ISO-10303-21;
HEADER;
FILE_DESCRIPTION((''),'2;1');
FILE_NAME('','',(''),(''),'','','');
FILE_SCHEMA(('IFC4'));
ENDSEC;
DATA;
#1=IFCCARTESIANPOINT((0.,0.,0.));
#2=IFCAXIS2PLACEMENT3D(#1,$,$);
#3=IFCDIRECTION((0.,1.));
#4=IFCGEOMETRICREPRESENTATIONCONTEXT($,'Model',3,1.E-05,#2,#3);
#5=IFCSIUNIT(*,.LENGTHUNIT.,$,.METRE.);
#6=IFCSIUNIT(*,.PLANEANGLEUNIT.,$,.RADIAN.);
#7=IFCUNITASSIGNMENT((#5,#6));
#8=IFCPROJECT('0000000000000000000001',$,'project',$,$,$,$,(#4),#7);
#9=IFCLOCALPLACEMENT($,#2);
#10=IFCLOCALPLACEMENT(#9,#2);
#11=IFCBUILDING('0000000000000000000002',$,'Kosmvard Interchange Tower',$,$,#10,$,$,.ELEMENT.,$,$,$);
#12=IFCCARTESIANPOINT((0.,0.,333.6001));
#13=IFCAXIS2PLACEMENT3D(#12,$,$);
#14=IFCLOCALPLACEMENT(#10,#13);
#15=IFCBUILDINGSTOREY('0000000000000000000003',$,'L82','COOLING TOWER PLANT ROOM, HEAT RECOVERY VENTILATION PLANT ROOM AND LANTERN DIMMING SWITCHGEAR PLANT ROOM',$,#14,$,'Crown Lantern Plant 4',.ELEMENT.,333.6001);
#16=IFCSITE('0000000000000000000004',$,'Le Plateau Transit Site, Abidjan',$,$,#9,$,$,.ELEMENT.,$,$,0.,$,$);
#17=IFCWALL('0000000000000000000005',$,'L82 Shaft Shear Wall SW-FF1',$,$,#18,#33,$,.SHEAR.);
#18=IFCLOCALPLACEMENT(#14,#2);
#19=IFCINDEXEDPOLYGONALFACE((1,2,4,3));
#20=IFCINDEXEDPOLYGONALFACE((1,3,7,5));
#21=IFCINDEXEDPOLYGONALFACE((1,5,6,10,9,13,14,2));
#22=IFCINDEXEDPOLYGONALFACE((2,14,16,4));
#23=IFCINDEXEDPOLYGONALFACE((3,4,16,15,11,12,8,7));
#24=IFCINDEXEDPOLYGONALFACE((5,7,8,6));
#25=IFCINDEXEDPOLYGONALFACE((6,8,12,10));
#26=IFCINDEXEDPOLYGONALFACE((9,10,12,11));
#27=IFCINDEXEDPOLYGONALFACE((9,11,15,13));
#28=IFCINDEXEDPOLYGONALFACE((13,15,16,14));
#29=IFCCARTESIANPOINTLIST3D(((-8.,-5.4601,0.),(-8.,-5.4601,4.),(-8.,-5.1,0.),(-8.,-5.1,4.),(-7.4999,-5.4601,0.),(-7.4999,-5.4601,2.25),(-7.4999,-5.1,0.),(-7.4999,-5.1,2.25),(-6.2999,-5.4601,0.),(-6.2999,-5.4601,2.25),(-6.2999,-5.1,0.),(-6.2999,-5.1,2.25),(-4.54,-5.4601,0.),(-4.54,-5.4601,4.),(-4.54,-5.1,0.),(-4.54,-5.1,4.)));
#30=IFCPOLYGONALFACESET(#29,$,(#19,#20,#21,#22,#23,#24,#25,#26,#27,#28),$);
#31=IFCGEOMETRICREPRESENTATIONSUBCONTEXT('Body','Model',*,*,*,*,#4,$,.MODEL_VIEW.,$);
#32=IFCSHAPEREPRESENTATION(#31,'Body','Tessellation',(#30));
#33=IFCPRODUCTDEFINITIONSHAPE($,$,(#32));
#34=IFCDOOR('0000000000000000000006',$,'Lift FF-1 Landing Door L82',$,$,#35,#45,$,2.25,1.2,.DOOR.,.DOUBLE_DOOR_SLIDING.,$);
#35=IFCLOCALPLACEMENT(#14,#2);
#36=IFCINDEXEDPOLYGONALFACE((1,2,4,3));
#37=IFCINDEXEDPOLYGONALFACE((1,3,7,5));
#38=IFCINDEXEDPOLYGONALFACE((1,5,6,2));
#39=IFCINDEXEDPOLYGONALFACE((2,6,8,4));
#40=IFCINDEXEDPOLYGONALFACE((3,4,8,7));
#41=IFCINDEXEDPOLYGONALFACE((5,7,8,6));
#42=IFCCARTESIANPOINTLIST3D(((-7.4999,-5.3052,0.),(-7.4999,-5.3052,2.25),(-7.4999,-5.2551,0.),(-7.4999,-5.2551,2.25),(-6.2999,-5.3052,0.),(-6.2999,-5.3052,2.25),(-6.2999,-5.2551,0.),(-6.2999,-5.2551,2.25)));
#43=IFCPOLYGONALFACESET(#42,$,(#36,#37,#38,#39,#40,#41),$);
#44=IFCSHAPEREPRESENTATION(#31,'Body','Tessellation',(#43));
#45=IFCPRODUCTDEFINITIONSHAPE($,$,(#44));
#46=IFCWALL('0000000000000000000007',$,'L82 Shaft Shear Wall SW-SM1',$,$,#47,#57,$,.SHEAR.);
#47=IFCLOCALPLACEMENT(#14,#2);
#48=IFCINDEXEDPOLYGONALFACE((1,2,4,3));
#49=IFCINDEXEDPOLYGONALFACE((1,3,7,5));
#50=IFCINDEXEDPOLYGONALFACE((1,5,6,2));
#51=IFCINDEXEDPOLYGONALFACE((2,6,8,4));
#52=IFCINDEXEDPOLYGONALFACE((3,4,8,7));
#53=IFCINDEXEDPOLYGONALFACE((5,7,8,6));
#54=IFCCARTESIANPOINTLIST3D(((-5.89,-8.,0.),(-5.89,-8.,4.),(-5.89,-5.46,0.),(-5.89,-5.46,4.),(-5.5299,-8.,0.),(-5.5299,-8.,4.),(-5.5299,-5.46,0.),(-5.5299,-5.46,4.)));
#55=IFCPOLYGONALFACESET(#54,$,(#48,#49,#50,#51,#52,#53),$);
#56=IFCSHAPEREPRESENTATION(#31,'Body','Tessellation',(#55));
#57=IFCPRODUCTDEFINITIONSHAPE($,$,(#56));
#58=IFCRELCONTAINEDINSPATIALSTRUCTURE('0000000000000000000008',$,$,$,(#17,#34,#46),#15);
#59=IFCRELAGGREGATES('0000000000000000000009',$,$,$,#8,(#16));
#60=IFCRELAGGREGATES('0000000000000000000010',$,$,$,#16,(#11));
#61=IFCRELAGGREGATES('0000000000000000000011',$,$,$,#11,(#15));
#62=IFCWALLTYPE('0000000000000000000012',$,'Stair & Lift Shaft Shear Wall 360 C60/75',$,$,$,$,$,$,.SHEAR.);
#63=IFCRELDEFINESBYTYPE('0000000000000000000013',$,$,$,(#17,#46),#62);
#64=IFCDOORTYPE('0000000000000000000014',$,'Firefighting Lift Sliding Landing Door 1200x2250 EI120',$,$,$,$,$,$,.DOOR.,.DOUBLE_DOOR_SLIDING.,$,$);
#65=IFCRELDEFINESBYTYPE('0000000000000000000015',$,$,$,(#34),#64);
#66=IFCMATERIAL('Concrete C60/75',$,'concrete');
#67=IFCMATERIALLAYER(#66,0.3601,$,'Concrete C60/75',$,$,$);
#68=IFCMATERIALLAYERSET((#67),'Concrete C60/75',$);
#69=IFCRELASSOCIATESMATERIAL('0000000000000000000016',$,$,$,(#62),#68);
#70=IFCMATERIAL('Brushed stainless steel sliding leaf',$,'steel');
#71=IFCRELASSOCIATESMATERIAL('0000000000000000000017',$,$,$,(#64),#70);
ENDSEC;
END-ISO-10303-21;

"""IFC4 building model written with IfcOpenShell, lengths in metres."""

from ifc_helpers import new_model, si_unit, direction, frame, frame_2d, origin, place, context, subcontext, project, spatial, rectangle, extrude, source, transform, mapped, material, layer, layer_set, type_object, element, fill, save


model = new_model("IFC4")

# Units and contexts
model_context = context("Model", 3, precision=1e-05, world=origin(), true_north=direction((0.0, 1.0)))
body_context = subcontext(model_context, "Body", "Model", "MODEL_VIEW")
ifc_project = project(units=[si_unit("LENGTHUNIT", "METRE"), si_unit("PLANEANGLEUNIT", "RADIAN")], contexts=[model_context])

# Site, building, storey
site_placement = place(None, origin())
site = spatial("IfcSite", under=ifc_project, at=site_placement, Name="Le Plateau Transit Site, Abidjan", CompositionType="ELEMENT", RefElevation=0.0)
building_placement = place(site_placement, origin())
building = spatial("IfcBuilding", under=site, at=building_placement, Name="Kosmvard Interchange Tower", CompositionType="ELEMENT")
storey_placement = place(building_placement, frame((0.0, 0.0, 333.6001)))
storey = spatial("IfcBuildingStorey", under=building, at=storey_placement, Name="L82", Description="COOLING TOWER PLANT ROOM, HEAT RECOVERY VENTILATION PLANT ROOM AND LANTERN DIMMING SWITCHGEAR PLANT ROOM", LongName="Crown Lantern Plant 4", CompositionType="ELEMENT", Elevation=333.6001)

# Shared definitions
ifc_material_1 = material(Name="Concrete C60/75", Category="concrete")
ifc_layer_1 = layer(ifc_material_1, 0.3601, Name="Concrete C60/75")
ifc_layer_set_1 = layer_set([ifc_layer_1], Name="Concrete C60/75")
wall_type_1 = type_object("IfcWallType", Name="Stair & Lift Shaft Shear Wall 360 C60/75", PredefinedType="SHEAR", material=ifc_layer_set_1)

# Wall, opening, door
wall_1_placement = place(storey_placement, frame((-8.0, -5.28, 0.0), z_axis=(0.0, 0.0, 1.0), x_axis=(1.0, 0.0, 0.0)))
wall_1 = element("IfcWall", 1, at=wall_1_placement, inside=storey, type_object=wall_type_1, Name="L82 Shaft Shear Wall SW-FF1", PredefinedType="SHEAR", context=body_context, shape_type="SweptSolid", body=[
    extrude(rectangle(XDim=3.46, YDim=0.3601, at=frame_2d((1.73, 0.0))), origin(), (0.0, 0.0, 1.0), 4.0),
])
opening_1_placement = place(wall_1_placement, frame((0.5, 0.0, 0.0)))
opening_1 = element("IfcOpeningElement", 2, at=opening_1_placement, cuts=wall_1, PredefinedType="OPENING", context=body_context, shape_type="SweptSolid", body=[
    extrude(rectangle(XDim=1.2, YDim=2.25, at=frame_2d((0.6001, 1.125))), frame((0.0, 0.1899, 0.0), z_axis=(0.0, -1.0, 0.0), x_axis=(1.0, 0.0, 0.0)), (0.0, 0.0, 1.0), 0.3801),
])
ifc_material_2 = material(Name="Brushed stainless steel sliding leaf", Category="steel")
door_type_1 = type_object("IfcDoorType", Name="Firefighting Lift Sliding Landing Door 1200x2250 EI120", OperationType="DOUBLE_DOOR_SLIDING", PredefinedType="DOOR", material=ifc_material_2)
shared_shape_1 = source(origin(), body_context, "Body", "SweptSolid", [
    extrude(rectangle(XDim=1.2, YDim=2.25, at=frame_2d((0.6001, 1.125))), frame((0.0, 0.0249, 0.0), z_axis=(0.0, -1.0, 0.0), x_axis=(1.0, 0.0, 0.0)), (0.0, 0.0, 1.0), 0.05),
])
door_1_placement = place(opening_1_placement, origin())
door_1 = element("IfcDoor", 3, at=door_1_placement, inside=storey, type_object=door_type_1, Name="Lift FF-1 Landing Door L82", OperationType="DOUBLE_DOOR_SLIDING", OverallHeight=2.25, OverallWidth=1.2, PredefinedType="DOOR", context=body_context, shape_type="MappedRepresentation", body=[
    mapped(shared_shape_1, transform((0.0, 0.0, 0.0), scale=1.0)),
])
fill(opening_1, door_1)

# Wall
wall_2_placement = place(storey_placement, frame((-5.71, -8.0, 0.0), z_axis=(0.0, 0.0, 1.0), x_axis=(0.0, 1.0, 0.0)))
element("IfcWall", 4, at=wall_2_placement, inside=storey, type_object=wall_type_1, Name="L82 Shaft Shear Wall SW-SM1", PredefinedType="SHEAR", context=body_context, shape_type="SweptSolid", body=[
    extrude(rectangle(XDim=2.54, YDim=0.3601, at=frame_2d((1.27, 0.0))), origin(), (0.0, 0.0, 1.0), 4.0),
])

save(model, "model.ifc")
